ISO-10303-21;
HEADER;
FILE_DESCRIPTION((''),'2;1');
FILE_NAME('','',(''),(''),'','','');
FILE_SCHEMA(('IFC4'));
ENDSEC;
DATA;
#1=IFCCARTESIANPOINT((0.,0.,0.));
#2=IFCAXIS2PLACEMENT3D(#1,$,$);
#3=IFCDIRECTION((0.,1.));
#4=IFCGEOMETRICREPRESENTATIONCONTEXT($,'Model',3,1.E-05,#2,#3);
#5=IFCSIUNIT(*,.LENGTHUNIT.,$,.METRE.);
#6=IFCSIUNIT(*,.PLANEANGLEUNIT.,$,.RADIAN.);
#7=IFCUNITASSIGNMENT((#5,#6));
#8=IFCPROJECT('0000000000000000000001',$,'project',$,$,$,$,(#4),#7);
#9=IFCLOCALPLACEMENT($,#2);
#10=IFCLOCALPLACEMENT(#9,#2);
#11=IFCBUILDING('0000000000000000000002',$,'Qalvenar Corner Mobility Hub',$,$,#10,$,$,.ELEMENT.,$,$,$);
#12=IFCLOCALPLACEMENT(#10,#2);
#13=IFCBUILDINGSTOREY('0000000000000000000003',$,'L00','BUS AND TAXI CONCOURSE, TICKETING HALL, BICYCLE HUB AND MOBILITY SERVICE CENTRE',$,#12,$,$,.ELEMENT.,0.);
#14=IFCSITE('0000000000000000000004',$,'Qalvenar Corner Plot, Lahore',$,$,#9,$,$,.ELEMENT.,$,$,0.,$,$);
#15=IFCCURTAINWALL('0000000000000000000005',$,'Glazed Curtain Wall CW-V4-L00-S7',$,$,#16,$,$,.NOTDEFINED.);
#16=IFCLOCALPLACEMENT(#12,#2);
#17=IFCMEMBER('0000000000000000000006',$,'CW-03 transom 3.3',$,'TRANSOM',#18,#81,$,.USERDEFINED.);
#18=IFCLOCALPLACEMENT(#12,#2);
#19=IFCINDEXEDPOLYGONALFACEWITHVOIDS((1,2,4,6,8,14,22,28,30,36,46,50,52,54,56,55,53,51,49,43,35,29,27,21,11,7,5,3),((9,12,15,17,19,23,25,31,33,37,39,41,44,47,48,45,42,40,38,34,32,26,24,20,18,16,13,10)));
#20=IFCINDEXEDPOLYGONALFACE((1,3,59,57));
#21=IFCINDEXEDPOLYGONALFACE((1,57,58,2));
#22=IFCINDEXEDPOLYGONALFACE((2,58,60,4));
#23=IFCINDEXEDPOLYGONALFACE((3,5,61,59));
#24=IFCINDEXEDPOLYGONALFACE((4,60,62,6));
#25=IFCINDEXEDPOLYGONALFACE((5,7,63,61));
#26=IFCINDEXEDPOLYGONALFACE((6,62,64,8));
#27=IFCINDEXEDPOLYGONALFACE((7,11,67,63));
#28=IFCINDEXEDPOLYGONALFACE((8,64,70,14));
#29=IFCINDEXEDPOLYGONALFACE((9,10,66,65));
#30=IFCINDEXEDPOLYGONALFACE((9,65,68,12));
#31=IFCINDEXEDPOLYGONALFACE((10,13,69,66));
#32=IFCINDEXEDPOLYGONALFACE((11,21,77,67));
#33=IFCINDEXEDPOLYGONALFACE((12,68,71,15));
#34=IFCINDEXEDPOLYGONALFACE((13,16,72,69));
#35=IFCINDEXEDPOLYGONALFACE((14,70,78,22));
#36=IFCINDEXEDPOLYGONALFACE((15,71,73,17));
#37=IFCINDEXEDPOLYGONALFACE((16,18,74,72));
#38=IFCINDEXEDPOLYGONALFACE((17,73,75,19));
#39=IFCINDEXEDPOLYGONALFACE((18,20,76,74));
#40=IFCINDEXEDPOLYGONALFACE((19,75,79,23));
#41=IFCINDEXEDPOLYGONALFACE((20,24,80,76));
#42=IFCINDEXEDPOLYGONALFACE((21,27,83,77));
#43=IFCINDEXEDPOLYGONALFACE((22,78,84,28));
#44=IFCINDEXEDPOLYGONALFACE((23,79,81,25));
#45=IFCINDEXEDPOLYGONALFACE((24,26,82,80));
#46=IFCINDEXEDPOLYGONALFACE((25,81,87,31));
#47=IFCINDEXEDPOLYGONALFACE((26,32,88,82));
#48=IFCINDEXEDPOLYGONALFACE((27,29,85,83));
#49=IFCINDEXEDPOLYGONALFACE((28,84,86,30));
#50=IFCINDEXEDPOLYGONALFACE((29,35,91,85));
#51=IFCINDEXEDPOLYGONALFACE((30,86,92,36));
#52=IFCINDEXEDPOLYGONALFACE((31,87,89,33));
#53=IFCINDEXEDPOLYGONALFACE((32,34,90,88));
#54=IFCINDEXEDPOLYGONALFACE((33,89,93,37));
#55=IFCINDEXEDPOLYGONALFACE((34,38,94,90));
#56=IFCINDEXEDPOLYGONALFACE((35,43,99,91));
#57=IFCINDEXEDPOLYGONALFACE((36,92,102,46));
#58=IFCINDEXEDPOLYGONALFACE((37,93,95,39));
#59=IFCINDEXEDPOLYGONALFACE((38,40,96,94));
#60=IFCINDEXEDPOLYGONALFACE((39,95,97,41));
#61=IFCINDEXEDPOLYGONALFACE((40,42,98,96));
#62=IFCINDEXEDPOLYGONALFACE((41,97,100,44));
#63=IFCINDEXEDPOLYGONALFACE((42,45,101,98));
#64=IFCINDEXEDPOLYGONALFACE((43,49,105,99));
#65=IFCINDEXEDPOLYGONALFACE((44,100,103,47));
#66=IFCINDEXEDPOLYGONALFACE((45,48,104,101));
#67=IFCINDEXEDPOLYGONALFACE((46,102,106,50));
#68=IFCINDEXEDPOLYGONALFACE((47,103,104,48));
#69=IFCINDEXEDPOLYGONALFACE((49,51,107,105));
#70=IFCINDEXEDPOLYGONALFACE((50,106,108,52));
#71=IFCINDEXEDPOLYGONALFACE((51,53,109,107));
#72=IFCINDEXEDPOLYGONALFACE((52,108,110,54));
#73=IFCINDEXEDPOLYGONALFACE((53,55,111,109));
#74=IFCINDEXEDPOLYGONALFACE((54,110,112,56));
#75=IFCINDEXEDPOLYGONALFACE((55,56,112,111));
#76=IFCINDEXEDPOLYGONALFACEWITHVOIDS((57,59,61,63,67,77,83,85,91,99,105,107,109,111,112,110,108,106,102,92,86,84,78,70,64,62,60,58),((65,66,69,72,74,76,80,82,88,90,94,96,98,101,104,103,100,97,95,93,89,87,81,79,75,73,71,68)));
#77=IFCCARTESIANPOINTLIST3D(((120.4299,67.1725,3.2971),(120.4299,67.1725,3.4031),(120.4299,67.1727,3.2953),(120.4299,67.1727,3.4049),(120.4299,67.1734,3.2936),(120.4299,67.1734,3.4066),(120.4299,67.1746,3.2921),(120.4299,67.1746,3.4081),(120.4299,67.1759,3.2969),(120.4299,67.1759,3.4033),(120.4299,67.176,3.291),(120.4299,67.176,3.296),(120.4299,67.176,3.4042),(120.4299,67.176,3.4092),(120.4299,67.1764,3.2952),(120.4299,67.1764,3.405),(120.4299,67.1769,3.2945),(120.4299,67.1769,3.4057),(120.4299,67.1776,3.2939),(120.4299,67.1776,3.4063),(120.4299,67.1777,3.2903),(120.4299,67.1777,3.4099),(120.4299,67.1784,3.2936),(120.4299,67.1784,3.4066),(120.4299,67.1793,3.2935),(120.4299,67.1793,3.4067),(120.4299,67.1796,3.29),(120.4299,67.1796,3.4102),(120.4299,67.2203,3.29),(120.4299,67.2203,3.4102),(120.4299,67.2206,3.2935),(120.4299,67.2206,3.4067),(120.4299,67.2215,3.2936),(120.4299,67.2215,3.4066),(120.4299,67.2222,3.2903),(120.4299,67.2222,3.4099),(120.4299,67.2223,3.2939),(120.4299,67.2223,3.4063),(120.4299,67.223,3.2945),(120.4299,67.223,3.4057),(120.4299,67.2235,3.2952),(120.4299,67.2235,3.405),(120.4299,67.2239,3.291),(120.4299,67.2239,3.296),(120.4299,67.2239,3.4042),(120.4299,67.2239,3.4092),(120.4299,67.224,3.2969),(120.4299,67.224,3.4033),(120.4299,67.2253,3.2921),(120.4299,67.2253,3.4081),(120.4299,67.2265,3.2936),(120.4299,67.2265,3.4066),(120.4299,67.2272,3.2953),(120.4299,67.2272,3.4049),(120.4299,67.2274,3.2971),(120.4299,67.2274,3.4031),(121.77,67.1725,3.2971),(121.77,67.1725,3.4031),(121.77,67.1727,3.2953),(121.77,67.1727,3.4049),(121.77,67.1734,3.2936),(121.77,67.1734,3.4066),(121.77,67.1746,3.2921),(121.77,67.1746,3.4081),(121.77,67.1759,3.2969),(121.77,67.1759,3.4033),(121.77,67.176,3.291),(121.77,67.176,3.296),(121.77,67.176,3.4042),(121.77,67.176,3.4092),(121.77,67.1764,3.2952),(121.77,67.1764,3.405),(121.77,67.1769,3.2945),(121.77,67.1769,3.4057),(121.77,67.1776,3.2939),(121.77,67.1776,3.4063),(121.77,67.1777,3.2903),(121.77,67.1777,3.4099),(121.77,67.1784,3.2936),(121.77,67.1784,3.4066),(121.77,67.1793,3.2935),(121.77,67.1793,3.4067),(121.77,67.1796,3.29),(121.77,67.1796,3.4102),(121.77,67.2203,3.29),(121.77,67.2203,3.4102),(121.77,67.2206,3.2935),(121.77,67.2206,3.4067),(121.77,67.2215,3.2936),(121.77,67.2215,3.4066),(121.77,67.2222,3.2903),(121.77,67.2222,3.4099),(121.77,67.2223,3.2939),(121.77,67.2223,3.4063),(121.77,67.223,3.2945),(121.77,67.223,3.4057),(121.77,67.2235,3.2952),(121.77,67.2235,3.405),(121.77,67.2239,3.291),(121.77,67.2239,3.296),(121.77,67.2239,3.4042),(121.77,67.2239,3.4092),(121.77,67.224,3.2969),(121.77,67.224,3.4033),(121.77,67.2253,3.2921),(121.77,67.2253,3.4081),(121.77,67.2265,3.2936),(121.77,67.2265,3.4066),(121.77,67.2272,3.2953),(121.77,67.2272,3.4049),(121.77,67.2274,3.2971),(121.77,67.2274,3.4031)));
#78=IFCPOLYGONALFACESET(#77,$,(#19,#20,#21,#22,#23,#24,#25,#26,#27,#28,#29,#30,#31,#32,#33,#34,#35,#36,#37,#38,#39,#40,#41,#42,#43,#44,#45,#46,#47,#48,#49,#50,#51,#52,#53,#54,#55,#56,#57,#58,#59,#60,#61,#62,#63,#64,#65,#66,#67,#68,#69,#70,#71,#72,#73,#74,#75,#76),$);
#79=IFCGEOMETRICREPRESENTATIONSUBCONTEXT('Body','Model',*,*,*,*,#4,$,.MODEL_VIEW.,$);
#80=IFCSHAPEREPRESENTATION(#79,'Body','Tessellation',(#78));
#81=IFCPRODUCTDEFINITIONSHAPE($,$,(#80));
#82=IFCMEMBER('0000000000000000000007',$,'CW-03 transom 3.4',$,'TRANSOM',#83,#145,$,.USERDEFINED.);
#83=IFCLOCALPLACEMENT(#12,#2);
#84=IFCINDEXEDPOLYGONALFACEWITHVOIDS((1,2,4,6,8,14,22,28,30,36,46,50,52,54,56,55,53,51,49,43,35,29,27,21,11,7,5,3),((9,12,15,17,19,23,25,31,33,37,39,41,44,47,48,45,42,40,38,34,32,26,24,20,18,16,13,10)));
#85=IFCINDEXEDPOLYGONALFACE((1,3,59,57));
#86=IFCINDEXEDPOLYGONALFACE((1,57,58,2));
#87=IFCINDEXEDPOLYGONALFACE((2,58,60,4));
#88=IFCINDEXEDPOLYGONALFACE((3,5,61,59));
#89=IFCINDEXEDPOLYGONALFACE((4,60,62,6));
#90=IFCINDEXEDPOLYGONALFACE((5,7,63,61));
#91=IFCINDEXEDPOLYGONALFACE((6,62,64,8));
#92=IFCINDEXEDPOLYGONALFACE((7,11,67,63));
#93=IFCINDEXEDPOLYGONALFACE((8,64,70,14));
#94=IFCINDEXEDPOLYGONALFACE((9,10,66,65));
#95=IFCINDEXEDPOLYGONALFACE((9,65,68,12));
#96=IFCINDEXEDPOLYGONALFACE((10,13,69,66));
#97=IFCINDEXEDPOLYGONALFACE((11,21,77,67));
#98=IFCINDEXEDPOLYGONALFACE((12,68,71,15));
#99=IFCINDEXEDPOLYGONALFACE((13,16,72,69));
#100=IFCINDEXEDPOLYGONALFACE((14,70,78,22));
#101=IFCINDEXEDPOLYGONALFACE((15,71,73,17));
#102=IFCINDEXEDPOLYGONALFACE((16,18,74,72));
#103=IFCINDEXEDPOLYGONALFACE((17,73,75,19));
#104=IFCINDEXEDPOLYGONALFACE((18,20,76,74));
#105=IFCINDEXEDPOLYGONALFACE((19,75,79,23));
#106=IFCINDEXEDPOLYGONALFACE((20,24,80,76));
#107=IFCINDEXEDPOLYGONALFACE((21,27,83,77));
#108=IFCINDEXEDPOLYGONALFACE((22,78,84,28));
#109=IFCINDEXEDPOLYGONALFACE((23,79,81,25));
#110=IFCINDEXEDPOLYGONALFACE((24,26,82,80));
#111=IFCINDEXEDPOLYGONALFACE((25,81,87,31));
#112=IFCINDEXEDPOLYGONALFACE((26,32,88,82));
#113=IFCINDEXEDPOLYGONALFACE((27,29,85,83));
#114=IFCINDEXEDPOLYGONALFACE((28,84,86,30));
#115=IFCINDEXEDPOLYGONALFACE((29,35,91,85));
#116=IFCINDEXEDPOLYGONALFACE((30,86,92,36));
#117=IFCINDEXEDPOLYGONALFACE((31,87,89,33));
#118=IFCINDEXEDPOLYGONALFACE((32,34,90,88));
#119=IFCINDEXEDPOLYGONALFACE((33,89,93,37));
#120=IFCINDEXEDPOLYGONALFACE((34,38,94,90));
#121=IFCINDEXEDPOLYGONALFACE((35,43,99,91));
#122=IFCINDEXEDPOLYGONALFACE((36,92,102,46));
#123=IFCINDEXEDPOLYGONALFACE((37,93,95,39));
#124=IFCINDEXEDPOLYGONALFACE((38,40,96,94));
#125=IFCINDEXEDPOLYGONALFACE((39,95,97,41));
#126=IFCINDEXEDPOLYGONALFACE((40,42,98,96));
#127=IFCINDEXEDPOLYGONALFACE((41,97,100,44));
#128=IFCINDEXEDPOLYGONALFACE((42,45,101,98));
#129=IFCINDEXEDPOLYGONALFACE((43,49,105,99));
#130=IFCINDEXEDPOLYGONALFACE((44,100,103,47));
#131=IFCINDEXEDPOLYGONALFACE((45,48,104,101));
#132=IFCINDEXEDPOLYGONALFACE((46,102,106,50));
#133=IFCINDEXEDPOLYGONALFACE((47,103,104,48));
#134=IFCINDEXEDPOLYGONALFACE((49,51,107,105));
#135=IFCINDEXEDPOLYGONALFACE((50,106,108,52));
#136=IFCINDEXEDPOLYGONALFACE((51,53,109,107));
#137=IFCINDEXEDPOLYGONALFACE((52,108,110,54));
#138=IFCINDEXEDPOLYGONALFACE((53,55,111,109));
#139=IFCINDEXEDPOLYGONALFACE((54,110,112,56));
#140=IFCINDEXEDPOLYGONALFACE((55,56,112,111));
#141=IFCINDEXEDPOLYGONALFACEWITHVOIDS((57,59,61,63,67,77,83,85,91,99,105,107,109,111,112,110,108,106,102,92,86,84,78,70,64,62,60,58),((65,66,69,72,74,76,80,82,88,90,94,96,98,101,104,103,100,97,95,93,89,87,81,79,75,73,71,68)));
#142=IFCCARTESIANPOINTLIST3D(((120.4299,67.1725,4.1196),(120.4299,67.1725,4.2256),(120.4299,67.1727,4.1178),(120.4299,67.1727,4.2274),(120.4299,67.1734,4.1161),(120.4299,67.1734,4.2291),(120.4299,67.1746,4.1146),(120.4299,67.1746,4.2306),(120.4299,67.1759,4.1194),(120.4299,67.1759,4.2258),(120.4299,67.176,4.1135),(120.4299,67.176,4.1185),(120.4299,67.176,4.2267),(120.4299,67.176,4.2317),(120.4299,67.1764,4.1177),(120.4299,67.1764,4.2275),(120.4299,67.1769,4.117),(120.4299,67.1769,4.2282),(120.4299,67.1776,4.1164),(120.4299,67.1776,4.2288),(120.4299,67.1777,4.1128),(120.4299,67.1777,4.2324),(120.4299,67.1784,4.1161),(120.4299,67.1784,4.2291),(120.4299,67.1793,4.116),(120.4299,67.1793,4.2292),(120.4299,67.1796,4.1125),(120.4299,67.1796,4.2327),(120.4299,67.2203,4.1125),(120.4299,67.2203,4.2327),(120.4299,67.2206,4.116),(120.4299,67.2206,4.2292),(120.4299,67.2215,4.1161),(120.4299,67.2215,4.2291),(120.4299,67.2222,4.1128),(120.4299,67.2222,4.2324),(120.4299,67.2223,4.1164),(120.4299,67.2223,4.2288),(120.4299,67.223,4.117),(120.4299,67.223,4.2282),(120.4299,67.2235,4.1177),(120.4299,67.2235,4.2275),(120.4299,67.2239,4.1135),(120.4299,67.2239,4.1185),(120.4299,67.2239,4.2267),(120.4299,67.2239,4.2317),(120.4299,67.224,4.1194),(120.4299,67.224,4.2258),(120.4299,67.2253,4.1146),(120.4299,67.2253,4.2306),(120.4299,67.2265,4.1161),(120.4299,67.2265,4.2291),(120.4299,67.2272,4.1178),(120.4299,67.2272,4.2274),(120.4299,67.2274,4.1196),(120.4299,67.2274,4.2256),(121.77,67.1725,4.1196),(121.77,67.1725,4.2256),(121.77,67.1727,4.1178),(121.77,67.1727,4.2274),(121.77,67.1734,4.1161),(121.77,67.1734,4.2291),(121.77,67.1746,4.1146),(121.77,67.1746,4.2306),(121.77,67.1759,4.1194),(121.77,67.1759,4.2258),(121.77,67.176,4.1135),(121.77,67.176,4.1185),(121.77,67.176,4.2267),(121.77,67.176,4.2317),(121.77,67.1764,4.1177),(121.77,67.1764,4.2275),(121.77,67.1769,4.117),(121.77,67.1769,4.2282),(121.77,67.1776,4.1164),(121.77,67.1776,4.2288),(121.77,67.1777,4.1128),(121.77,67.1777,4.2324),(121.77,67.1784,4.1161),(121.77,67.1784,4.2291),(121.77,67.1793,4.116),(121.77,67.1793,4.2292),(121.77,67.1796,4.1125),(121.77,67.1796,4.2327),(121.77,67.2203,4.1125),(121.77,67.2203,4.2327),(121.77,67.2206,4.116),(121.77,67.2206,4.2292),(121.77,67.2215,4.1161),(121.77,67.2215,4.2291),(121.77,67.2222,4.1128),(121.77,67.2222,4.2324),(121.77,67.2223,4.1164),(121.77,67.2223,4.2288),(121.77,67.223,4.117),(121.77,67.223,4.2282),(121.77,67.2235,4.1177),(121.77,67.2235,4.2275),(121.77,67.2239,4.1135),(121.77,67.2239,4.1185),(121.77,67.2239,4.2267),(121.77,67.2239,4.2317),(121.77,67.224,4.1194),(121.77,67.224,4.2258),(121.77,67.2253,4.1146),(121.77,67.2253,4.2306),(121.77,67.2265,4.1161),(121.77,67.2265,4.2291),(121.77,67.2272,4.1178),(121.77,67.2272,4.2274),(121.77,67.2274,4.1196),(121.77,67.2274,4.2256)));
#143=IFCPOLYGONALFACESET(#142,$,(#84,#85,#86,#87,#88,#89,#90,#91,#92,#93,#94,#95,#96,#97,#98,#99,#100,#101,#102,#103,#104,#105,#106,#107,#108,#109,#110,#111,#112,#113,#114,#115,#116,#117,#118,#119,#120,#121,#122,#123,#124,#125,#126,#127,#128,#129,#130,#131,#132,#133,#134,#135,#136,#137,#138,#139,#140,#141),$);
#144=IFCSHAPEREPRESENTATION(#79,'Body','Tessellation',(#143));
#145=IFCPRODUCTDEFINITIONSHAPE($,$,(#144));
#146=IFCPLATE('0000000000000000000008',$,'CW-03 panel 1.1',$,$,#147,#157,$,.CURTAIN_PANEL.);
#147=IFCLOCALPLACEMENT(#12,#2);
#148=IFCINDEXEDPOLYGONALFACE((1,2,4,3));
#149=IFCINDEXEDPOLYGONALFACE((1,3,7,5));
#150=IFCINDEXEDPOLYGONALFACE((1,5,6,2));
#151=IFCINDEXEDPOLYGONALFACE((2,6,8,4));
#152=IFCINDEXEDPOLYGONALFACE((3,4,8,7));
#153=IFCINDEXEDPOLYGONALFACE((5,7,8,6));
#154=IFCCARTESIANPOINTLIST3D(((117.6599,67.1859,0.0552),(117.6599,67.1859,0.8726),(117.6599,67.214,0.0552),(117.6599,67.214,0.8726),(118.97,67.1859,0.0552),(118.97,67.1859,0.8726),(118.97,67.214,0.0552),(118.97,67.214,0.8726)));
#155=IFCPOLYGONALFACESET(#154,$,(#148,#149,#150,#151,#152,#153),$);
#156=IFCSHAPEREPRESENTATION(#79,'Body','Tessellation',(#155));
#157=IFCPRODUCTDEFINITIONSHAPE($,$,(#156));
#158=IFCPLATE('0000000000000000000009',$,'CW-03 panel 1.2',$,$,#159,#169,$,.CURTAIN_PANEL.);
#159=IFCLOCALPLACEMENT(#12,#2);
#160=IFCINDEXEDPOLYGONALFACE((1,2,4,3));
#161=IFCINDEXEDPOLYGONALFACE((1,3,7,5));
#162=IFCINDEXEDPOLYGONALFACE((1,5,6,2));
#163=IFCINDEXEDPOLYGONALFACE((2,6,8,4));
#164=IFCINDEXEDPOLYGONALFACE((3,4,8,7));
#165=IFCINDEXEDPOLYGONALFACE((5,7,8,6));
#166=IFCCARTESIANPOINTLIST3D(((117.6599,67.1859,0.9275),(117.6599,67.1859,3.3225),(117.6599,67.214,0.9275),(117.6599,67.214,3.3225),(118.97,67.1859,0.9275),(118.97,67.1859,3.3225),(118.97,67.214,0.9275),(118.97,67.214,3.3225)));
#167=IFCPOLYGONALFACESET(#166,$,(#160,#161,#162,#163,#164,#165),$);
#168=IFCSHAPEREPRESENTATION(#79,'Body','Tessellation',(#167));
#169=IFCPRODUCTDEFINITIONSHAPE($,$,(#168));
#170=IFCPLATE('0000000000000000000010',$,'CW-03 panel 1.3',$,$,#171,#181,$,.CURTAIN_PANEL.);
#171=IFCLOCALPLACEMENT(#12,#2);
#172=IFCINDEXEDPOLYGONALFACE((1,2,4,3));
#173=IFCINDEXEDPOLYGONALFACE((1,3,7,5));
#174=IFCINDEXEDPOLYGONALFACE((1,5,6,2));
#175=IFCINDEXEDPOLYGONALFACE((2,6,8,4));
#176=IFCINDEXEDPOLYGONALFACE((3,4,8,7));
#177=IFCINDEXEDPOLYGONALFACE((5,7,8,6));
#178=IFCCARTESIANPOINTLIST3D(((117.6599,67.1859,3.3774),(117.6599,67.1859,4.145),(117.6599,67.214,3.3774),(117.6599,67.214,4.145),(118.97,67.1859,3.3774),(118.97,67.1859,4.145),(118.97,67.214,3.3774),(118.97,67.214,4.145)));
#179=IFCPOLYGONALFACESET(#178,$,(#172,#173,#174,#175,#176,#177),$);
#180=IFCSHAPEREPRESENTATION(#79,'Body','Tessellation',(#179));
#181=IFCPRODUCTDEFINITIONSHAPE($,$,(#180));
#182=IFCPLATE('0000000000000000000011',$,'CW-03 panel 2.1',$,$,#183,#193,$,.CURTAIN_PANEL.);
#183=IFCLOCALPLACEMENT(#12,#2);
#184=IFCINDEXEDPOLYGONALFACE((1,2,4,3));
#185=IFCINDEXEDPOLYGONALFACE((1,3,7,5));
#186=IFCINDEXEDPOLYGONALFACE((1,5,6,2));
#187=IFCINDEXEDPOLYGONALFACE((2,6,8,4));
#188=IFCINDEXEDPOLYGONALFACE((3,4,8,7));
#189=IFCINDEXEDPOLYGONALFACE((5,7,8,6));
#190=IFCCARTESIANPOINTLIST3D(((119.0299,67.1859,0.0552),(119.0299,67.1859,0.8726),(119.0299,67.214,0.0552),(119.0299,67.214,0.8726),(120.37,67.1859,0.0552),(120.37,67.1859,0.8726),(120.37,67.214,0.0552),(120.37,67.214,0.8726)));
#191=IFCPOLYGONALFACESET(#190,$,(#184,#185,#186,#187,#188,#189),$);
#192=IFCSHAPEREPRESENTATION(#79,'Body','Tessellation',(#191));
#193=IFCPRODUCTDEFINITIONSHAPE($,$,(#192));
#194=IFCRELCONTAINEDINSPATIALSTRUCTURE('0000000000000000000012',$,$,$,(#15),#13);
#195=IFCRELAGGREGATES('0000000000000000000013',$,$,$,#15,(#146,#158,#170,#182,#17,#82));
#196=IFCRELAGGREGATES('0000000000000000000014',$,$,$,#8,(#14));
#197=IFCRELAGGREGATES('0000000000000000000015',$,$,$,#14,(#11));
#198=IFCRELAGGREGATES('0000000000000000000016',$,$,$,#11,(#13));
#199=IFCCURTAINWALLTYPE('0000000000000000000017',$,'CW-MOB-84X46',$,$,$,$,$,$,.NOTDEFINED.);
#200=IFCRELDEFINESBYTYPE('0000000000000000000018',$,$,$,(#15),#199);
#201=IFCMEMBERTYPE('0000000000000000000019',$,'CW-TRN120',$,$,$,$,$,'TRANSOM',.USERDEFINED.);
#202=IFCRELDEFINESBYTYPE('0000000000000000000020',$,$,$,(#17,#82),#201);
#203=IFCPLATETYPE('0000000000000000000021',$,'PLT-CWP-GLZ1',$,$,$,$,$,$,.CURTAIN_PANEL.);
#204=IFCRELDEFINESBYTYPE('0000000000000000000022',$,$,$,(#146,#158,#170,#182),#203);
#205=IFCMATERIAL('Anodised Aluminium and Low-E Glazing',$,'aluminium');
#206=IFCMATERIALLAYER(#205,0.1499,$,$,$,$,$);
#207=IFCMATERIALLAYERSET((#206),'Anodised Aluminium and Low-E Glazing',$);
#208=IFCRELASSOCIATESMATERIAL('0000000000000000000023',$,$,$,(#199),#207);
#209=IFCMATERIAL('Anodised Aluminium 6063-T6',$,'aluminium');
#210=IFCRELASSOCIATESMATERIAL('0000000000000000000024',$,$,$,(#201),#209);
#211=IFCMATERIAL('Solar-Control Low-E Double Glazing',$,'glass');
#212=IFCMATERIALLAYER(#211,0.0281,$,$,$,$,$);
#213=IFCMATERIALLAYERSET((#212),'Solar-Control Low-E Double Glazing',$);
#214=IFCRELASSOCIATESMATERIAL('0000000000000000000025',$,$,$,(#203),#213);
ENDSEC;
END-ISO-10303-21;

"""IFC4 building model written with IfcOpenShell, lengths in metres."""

from ifc_helpers import new_model, si_unit, direction, frame, origin, origin_2d, place, context, subcontext, project, spatial, rectangle, hollow_rectangle, extrude, material, layer, layer_set, material_profile, profile_set, type_object, element, aggregate, save


model = new_model("IFC4")

# Units and contexts
model_context = context("Model", 3, precision=1e-05, world=origin(), true_north=direction((0.0, 1.0)))
body_context = subcontext(model_context, "Body", "Model", "MODEL_VIEW")
ifc_project = project(units=[si_unit("LENGTHUNIT", "METRE"), si_unit("PLANEANGLEUNIT", "RADIAN")], contexts=[model_context])

# Site, building, storey
site_placement = place(None, origin())
site = spatial("IfcSite", under=ifc_project, at=site_placement, Name="Qalvenar Corner Plot, Lahore", CompositionType="ELEMENT", RefElevation=0.0)
building_placement = place(site_placement, origin())
building = spatial("IfcBuilding", under=site, at=building_placement, Name="Qalvenar Corner Mobility Hub", CompositionType="ELEMENT")
storey_placement = place(building_placement, origin())
storey = spatial("IfcBuildingStorey", under=building, at=storey_placement, Name="L00", Description="BUS AND TAXI CONCOURSE, TICKETING HALL, BICYCLE HUB AND MOBILITY SERVICE CENTRE", CompositionType="ELEMENT", Elevation=0.0)

# Shared definitions
ifc_material_1 = material(Name="Anodised Aluminium and Low-E Glazing", Category="aluminium")
ifc_layer_1 = layer(ifc_material_1, 0.1499)
ifc_layer_set_1 = layer_set([ifc_layer_1], Name="Anodised Aluminium and Low-E Glazing")
curtain_wall_type = type_object("IfcCurtainWallType", Name="CW-MOB-84X46", PredefinedType="NOTDEFINED", material=ifc_layer_set_1)
ifc_material_2 = material(Name="Anodised Aluminium 6063-T6", Category="aluminium")

# Curtain wall, members, plates
curtain_wall_1_placement = place(storey_placement, origin())
curtain_wall_1 = element("IfcCurtainWall", 1, at=curtain_wall_1_placement, inside=storey, type_object=curtain_wall_type, Name="Glazed Curtain Wall CW-V4-L00-S7", PredefinedType="NOTDEFINED")
ifc_material_profile_1 = material_profile(ifc_material_2, hollow_rectangle(XDim=0.0549, YDim=0.1201, WallThickness=0.0034, InnerFilletRadius=0.0034, OuterFilletRadius=0.0071, at=origin_2d()), Name="RHS120x55x3.5")
ifc_profile_set_1 = profile_set([ifc_material_profile_1], Name="Anodised Aluminium 6063-T6")
member_type_1 = type_object("IfcMemberType", Name="CW-TRN120", ElementType="TRANSOM", PredefinedType="USERDEFINED", material=ifc_profile_set_1)
member_1_placement = place(storey_placement, frame((120.4299, 67.2, 3.3501), z_axis=(1.0, 0.0, 0.0), x_axis=(0.0, 1.0, 0.0)))
member_1 = element("IfcMember", 2, at=member_1_placement, type_object=member_type_1, Name="CW-03 transom 3.3", ObjectType="TRANSOM", PredefinedType="USERDEFINED", context=body_context, shape_type="SweptSolid", body=[
    extrude(hollow_rectangle(XDim=0.0549, YDim=0.1201, WallThickness=0.0034, InnerFilletRadius=0.0034, OuterFilletRadius=0.0071, at=origin_2d()), origin(), (0.0, 0.0, 1.0), 1.3401),
])
member_2_placement = place(storey_placement, frame((120.4299, 67.2, 4.1726), z_axis=(1.0, 0.0, 0.0), x_axis=(0.0, 1.0, 0.0)))
member_2 = element("IfcMember", 3, at=member_2_placement, type_object=member_type_1, Name="CW-03 transom 3.4", ObjectType="TRANSOM", PredefinedType="USERDEFINED", context=body_context, shape_type="SweptSolid", body=[
    extrude(hollow_rectangle(XDim=0.0549, YDim=0.1201, WallThickness=0.0034, InnerFilletRadius=0.0034, OuterFilletRadius=0.0071, at=origin_2d()), origin(), (0.0, 0.0, 1.0), 1.3401),
])
ifc_material_3 = material(Name="Solar-Control Low-E Double Glazing", Category="glass")
ifc_layer_2 = layer(ifc_material_3, 0.0281)
ifc_layer_set_2 = layer_set([ifc_layer_2], Name="Solar-Control Low-E Double Glazing")
plate_type = type_object("IfcPlateType", Name="PLT-CWP-GLZ1", PredefinedType="CURTAIN_PANEL", material=ifc_layer_set_2)
plate_1_placement = place(storey_placement, frame((118.3149, 67.2, 0.0552), z_axis=(0.0, 0.0, 1.0), x_axis=(1.0, 0.0, 0.0)))
plate_1 = element("IfcPlate", 4, at=plate_1_placement, type_object=plate_type, Name="CW-03 panel 1.1", PredefinedType="CURTAIN_PANEL", context=body_context, shape_type="SweptSolid", body=[
    extrude(rectangle(XDim=1.3101, YDim=0.0281, at=origin_2d()), origin(), (0.0, 0.0, 1.0), 0.8174),
])
plate_2_placement = place(storey_placement, frame((118.3149, 67.2, 0.9275), z_axis=(0.0, 0.0, 1.0), x_axis=(1.0, 0.0, 0.0)))
plate_2 = element("IfcPlate", 5, at=plate_2_placement, type_object=plate_type, Name="CW-03 panel 1.2", PredefinedType="CURTAIN_PANEL", context=body_context, shape_type="SweptSolid", body=[
    extrude(rectangle(XDim=1.3101, YDim=0.0281, at=origin_2d()), origin(), (0.0, 0.0, 1.0), 2.395),
])
plate_3_placement = place(storey_placement, frame((118.3149, 67.2, 3.3774), z_axis=(0.0, 0.0, 1.0), x_axis=(1.0, 0.0, 0.0)))
plate_3 = element("IfcPlate", 6, at=plate_3_placement, type_object=plate_type, Name="CW-03 panel 1.3", PredefinedType="CURTAIN_PANEL", context=body_context, shape_type="SweptSolid", body=[
    extrude(rectangle(XDim=1.3101, YDim=0.0281, at=origin_2d()), origin(), (0.0, 0.0, 1.0), 0.7676),
])
plate_4_placement = place(storey_placement, frame((119.7, 67.2, 0.0552), z_axis=(0.0, 0.0, 1.0), x_axis=(1.0, 0.0, 0.0)))
plate_4 = element("IfcPlate", 7, at=plate_4_placement, type_object=plate_type, Name="CW-03 panel 2.1", PredefinedType="CURTAIN_PANEL", context=body_context, shape_type="SweptSolid", body=[
    extrude(rectangle(XDim=1.3401, YDim=0.0281, at=origin_2d()), origin(), (0.0, 0.0, 1.0), 0.8174),
])
aggregate(curtain_wall_1, [plate_1, plate_2, plate_3, plate_4, member_1, member_2])

save(model, "model.ifc")
